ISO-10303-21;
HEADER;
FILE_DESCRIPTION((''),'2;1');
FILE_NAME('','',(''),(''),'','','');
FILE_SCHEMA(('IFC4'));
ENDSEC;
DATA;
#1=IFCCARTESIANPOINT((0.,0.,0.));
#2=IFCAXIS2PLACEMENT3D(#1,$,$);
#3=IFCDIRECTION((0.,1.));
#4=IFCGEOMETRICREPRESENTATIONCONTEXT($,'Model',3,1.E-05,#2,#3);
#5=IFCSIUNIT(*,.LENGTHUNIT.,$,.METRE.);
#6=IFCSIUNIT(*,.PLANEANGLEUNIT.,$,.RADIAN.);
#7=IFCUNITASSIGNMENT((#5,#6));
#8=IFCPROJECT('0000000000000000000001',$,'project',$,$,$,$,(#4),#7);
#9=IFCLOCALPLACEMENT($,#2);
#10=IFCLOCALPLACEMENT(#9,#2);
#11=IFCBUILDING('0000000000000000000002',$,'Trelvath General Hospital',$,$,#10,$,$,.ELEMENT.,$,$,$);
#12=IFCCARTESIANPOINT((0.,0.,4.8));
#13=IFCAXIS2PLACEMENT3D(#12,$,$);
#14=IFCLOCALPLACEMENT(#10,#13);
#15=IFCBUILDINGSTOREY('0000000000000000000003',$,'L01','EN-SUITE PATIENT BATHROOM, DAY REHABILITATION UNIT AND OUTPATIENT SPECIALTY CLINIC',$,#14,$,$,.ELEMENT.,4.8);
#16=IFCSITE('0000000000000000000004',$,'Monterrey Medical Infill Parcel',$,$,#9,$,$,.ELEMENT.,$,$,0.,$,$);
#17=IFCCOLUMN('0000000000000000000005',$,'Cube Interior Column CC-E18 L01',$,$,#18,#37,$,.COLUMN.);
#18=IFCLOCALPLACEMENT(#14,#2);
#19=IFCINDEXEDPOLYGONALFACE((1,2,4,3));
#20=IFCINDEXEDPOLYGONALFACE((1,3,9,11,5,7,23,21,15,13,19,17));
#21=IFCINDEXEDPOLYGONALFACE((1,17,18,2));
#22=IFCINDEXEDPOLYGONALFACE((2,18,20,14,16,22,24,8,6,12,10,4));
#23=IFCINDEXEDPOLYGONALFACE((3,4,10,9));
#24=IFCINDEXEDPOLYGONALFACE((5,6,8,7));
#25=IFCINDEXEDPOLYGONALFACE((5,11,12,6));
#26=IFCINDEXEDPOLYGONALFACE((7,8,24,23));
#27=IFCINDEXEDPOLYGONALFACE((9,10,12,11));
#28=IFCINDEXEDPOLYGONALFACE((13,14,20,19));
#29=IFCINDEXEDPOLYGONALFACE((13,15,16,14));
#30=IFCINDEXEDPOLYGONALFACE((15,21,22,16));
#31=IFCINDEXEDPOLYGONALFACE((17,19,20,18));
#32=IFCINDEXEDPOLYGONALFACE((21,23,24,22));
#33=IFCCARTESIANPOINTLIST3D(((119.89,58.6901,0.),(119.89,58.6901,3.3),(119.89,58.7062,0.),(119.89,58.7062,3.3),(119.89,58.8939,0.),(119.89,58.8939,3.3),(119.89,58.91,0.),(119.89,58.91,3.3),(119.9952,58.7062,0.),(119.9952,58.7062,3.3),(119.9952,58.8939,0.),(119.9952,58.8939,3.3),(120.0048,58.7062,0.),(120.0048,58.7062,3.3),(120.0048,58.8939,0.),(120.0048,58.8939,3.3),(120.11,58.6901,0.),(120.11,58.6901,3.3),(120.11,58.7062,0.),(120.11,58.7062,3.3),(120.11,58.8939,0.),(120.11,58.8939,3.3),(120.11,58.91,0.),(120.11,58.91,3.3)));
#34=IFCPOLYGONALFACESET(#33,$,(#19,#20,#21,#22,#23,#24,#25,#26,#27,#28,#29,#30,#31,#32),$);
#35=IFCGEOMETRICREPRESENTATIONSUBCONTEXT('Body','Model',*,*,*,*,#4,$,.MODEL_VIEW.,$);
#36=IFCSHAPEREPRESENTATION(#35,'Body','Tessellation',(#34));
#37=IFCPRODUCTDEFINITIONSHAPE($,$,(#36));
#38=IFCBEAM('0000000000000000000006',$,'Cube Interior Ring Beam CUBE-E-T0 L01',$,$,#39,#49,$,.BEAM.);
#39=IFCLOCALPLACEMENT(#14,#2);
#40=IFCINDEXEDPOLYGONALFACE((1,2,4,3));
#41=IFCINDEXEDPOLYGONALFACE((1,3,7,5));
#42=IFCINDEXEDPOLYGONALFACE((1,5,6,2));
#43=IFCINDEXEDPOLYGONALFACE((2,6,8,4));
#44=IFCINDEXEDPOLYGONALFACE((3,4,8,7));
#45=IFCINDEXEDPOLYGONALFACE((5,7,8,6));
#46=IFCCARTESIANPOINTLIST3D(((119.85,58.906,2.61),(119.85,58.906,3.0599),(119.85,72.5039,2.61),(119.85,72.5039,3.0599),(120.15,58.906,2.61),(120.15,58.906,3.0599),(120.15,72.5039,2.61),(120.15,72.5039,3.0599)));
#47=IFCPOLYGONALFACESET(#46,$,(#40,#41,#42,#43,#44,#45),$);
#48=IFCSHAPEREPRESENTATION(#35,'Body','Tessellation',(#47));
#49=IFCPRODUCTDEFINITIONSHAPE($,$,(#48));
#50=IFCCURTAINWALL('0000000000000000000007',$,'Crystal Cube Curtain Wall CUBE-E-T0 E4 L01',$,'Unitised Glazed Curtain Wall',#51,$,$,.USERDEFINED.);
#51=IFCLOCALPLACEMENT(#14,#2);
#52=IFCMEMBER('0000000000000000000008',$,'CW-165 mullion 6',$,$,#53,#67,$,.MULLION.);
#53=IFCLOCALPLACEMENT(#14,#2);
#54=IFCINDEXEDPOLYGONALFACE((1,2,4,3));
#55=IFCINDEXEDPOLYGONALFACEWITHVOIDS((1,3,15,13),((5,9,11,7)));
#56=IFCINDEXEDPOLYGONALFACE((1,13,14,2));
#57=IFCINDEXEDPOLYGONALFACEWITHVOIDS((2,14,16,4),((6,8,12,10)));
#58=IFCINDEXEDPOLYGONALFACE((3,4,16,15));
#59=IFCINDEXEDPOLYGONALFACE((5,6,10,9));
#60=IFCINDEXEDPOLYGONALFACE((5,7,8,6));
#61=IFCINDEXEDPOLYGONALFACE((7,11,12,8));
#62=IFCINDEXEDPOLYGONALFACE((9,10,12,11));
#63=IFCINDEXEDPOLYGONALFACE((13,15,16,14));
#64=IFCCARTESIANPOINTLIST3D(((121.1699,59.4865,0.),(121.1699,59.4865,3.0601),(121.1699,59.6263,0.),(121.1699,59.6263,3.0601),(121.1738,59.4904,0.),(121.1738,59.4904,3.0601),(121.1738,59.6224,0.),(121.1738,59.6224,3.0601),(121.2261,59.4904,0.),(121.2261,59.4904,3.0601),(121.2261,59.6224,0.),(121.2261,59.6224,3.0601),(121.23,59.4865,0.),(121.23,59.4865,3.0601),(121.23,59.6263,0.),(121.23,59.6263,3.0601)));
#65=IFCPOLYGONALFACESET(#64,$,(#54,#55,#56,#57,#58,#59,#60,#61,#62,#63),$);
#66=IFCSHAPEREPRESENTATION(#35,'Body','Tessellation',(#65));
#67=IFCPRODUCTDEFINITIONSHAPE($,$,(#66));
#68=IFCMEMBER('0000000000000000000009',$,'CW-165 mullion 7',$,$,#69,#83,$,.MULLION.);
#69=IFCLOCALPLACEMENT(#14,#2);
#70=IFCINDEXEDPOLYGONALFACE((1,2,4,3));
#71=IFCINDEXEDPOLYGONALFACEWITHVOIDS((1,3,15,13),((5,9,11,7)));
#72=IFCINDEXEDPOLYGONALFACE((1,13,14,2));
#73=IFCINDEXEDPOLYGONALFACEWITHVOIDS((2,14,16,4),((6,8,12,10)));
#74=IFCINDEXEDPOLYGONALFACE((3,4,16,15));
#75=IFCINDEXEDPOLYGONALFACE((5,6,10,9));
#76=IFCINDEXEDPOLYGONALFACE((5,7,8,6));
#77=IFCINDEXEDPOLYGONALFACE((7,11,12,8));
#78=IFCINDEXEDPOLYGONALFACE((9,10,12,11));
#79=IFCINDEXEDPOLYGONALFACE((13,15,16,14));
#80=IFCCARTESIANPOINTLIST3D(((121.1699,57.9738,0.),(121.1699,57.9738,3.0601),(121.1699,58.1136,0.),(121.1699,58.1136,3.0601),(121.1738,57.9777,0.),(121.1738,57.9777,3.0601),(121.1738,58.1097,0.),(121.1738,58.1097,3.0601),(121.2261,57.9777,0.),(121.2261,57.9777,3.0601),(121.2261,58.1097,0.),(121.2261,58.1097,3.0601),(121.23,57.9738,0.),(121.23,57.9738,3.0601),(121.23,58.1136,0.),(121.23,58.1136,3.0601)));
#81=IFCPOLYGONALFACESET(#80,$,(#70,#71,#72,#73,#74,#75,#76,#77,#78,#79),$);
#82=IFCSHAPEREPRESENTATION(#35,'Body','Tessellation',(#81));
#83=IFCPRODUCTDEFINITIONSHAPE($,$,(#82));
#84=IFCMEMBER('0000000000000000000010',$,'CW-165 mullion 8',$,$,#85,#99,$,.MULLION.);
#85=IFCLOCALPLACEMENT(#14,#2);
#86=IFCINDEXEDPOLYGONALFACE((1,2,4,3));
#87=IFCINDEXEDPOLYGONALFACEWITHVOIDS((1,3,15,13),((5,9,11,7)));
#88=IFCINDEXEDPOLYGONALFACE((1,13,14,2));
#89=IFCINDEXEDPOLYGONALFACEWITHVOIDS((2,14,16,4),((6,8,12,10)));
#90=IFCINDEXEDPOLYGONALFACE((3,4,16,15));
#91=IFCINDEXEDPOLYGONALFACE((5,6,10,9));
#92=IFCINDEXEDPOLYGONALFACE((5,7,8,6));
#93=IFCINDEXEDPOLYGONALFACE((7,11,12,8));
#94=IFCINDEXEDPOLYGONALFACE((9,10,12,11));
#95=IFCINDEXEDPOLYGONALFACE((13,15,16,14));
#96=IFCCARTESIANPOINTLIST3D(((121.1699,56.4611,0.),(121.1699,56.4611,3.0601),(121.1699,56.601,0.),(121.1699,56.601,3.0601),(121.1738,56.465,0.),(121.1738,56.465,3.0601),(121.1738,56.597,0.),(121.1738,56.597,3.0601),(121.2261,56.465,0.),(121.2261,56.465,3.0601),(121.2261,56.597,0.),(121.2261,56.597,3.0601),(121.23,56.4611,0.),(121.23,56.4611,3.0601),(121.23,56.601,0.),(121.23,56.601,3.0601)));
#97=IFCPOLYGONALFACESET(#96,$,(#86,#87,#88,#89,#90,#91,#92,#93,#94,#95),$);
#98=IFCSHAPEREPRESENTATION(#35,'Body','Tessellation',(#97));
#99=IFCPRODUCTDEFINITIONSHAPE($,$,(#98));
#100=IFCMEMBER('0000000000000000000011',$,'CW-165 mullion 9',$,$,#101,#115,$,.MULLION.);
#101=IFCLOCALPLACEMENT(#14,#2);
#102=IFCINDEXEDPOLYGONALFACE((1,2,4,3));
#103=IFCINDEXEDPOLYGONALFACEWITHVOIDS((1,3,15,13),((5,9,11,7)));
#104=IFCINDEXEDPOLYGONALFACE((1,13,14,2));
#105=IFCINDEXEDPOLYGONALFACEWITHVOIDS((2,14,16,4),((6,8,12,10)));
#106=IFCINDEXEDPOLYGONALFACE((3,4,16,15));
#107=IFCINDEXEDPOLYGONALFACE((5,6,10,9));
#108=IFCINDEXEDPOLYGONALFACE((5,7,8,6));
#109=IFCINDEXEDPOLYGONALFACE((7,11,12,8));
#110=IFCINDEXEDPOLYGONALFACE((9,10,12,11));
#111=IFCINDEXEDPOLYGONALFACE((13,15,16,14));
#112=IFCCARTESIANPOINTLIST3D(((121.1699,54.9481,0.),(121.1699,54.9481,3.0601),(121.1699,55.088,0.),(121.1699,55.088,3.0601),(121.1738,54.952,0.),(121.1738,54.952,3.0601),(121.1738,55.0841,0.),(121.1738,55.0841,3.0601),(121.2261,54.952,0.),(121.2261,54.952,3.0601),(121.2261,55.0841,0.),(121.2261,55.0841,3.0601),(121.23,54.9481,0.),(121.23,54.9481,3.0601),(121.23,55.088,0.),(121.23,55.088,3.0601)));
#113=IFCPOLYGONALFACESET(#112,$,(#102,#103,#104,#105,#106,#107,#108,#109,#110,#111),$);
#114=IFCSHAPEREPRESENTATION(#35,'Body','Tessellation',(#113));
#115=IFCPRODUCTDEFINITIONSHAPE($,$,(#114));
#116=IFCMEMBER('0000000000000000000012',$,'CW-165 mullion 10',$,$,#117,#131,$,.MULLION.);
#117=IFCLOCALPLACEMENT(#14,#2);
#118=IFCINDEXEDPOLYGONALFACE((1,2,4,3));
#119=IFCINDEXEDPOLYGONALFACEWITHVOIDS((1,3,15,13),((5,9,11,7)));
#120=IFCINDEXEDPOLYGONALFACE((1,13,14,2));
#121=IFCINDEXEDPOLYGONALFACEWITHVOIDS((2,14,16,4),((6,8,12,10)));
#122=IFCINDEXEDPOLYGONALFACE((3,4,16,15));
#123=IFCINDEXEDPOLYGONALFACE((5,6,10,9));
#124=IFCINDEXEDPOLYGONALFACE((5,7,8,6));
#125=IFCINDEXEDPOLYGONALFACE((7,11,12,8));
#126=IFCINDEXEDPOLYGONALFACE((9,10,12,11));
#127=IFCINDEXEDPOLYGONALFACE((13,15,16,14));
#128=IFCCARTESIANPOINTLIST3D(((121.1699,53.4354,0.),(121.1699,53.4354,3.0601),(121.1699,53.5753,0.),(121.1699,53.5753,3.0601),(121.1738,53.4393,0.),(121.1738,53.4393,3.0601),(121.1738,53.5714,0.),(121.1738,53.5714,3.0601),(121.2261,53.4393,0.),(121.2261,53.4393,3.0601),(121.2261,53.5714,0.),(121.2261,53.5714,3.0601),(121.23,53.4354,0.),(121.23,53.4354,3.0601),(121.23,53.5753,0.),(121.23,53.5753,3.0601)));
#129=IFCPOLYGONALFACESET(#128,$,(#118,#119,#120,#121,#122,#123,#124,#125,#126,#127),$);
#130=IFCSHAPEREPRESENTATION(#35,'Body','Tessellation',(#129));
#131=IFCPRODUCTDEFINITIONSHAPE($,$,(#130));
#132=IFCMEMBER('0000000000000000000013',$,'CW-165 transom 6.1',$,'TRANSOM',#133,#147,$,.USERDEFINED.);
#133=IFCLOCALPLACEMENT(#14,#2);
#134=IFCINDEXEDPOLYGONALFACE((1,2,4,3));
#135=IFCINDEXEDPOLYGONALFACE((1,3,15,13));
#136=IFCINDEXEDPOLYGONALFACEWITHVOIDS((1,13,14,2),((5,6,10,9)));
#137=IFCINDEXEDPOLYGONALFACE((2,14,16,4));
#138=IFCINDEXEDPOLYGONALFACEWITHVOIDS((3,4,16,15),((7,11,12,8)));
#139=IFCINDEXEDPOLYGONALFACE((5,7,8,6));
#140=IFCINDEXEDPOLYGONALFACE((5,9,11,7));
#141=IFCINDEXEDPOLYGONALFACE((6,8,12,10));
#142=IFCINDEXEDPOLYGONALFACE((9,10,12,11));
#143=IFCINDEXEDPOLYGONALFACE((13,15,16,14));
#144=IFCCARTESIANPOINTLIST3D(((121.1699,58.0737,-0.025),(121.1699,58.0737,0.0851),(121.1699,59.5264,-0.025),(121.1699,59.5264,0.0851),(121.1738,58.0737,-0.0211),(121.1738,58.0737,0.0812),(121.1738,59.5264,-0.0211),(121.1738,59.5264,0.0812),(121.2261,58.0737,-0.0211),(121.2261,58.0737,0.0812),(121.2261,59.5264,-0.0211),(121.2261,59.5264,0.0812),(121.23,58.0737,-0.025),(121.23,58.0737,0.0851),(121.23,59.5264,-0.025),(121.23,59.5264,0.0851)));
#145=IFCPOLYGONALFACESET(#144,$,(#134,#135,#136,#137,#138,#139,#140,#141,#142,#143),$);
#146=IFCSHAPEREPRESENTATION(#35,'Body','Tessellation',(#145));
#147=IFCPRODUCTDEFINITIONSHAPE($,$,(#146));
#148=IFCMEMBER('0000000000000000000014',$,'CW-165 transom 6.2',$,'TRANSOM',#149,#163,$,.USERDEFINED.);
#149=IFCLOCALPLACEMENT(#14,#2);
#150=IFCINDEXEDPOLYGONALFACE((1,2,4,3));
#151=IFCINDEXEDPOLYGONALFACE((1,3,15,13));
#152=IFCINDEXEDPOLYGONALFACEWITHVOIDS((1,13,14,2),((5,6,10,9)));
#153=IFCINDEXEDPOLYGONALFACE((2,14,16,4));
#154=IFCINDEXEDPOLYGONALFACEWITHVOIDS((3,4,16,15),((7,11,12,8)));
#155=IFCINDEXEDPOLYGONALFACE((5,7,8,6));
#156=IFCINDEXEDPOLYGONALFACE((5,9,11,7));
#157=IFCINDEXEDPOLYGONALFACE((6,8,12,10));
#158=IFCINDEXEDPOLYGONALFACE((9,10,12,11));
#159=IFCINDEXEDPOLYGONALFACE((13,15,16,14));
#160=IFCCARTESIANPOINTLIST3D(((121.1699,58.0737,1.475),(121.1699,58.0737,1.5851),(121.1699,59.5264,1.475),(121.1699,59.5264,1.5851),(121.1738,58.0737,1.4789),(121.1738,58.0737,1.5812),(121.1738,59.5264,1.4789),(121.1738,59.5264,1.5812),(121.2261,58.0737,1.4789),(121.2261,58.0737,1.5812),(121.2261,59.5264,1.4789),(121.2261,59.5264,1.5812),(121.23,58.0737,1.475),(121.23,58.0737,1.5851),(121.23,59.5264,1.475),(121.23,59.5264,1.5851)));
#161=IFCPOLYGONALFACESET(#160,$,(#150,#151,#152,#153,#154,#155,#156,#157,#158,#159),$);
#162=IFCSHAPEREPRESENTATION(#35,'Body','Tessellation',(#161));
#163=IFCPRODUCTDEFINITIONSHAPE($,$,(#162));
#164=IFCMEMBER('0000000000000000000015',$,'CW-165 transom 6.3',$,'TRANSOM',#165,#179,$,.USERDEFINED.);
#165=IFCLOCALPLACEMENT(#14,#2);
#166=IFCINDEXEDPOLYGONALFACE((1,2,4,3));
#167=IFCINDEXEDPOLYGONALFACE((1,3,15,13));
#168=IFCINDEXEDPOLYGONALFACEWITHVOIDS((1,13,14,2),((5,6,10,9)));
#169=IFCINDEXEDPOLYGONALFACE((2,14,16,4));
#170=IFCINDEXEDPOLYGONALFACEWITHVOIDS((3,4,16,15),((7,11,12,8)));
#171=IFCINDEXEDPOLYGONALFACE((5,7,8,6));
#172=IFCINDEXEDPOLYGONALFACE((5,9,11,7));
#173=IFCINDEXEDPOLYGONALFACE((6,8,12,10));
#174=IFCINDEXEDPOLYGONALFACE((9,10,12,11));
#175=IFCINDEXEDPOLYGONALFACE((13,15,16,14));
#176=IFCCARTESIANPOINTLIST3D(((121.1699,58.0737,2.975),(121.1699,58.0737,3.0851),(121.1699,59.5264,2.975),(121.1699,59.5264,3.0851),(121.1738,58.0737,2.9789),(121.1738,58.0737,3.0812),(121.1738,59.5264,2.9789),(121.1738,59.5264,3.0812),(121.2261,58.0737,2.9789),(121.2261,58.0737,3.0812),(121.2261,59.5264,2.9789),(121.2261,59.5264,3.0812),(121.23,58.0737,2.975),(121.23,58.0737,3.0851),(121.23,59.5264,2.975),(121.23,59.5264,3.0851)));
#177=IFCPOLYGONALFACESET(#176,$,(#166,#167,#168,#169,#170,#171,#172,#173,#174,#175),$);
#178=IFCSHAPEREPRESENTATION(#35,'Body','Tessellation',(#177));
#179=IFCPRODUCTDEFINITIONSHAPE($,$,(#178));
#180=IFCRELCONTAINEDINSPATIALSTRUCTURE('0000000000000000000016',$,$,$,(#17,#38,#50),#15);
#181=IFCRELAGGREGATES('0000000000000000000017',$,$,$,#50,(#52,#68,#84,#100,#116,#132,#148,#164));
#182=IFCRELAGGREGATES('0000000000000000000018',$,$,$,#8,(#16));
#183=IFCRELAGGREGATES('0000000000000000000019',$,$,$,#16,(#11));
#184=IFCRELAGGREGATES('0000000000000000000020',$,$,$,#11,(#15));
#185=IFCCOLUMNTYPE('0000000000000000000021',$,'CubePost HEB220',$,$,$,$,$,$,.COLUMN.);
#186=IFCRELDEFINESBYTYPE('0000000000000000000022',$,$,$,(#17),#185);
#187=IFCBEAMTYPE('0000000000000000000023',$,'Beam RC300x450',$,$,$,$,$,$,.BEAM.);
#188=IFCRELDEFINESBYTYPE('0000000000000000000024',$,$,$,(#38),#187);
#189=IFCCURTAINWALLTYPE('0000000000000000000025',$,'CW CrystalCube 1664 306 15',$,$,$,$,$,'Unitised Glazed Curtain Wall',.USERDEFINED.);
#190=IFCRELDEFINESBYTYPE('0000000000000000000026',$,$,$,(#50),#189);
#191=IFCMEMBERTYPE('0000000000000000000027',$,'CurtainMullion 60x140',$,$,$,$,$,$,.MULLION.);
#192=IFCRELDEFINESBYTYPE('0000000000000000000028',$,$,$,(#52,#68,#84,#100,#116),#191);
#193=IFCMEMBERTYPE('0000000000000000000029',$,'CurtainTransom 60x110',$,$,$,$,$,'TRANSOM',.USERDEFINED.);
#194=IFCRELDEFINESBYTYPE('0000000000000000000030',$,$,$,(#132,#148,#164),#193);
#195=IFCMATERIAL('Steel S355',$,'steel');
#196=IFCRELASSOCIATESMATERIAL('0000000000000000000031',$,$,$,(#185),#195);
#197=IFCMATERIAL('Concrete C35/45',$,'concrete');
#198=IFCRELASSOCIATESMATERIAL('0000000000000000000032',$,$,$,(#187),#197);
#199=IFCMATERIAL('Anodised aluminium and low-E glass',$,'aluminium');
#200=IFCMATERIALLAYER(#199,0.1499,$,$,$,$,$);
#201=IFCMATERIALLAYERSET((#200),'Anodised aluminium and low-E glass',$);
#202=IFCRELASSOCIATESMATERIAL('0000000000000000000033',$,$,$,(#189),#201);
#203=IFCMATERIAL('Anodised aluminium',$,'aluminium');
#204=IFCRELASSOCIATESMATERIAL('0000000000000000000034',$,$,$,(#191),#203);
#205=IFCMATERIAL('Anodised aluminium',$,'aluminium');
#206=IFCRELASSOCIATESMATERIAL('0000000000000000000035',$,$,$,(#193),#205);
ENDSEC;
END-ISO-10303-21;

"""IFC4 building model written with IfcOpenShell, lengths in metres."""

from ifc_helpers import new_model, si_unit, direction, frame, origin, origin_2d, place, context, subcontext, project, spatial, rectangle, hollow_rectangle, i_section, extrude, material, layer, layer_set, material_profile, profile_set, type_object, element, aggregate, save


model = new_model("IFC4")

# Units and contexts
model_context = context("Model", 3, precision=1e-05, world=origin(), true_north=direction((0.0, 1.0)))
body_context = subcontext(model_context, "Body", "Model", "MODEL_VIEW")
ifc_project = project(units=[si_unit("LENGTHUNIT", "METRE"), si_unit("PLANEANGLEUNIT", "RADIAN")], contexts=[model_context])

# Site, building, storey
site_placement = place(None, origin())
site = spatial("IfcSite", under=ifc_project, at=site_placement, Name="Monterrey Medical Infill Parcel", CompositionType="ELEMENT", RefElevation=0.0)
building_placement = place(site_placement, origin())
building = spatial("IfcBuilding", under=site, at=building_placement, Name="Trelvath General Hospital", CompositionType="ELEMENT")
storey_placement = place(building_placement, frame((0.0, 0.0, 4.8)))
storey = spatial("IfcBuildingStorey", under=building, at=storey_placement, Name="L01", Description="EN-SUITE PATIENT BATHROOM, DAY REHABILITATION UNIT AND OUTPATIENT SPECIALTY CLINIC", CompositionType="ELEMENT", Elevation=4.8)

# Column
ifc_material_1 = material(Name="Steel S355", Category="steel")
ifc_material_profile_1 = material_profile(ifc_material_1, i_section(OverallWidth=0.22, OverallDepth=0.22, WebThickness=0.0095, FlangeThickness=0.0161, at=origin_2d()), Name="HEB220")
ifc_profile_set_1 = profile_set([ifc_material_profile_1], Name="Steel S355")
column_type = type_object("IfcColumnType", Name="CubePost HEB220", PredefinedType="COLUMN", material=ifc_profile_set_1)
column_placement = place(storey_placement, frame((120.0, 58.8, 0.0), z_axis=(0.0, 0.0, 1.0), x_axis=(1.0, 0.0, 0.0)))
element("IfcColumn", 1, at=column_placement, inside=storey, type_object=column_type, Name="Cube Interior Column CC-E18 L01", PredefinedType="COLUMN", context=body_context, shape_type="SweptSolid", body=[
    extrude(i_section(OverallWidth=0.22, OverallDepth=0.22, WebThickness=0.0095, FlangeThickness=0.0161, at=origin_2d()), origin(), (0.0, 0.0, 1.0), 3.3),
])

# Beam
ifc_material_2 = material(Name="Concrete C35/45", Category="concrete")
ifc_material_profile_2 = material_profile(ifc_material_2, rectangle(XDim=0.3, YDim=0.45, at=origin_2d()), Name="RCB300x450")
ifc_profile_set_2 = profile_set([ifc_material_profile_2], Name="Concrete C35/45")
beam_type = type_object("IfcBeamType", Name="Beam RC300x450", PredefinedType="BEAM", material=ifc_profile_set_2)
beam_placement = place(storey_placement, frame((120.0, 58.906, 2.835), z_axis=(0.0, 1.0, 0.0), x_axis=(-1.0, 0.0, 0.0)))
element("IfcBeam", 2, at=beam_placement, inside=storey, type_object=beam_type, Name="Cube Interior Ring Beam CUBE-E-T0 L01", PredefinedType="BEAM", context=body_context, shape_type="SweptSolid", body=[
    extrude(rectangle(XDim=0.3, YDim=0.45, at=origin_2d()), origin(), (0.0, 0.0, 1.0), 13.5979),
])

# Curtain wall, members
ifc_material_3 = material(Name="Anodised aluminium and low-E glass", Category="aluminium")
ifc_layer_1 = layer(ifc_material_3, 0.1499)
ifc_layer_set_1 = layer_set([ifc_layer_1], Name="Anodised aluminium and low-E glass")
curtain_wall_type = type_object("IfcCurtainWallType", Name="CW CrystalCube 1664 306 15", ElementType="Unitised Glazed Curtain Wall", PredefinedType="USERDEFINED", material=ifc_layer_set_1)
curtain_wall_placement = place(storey_placement, origin())
curtain_wall = element("IfcCurtainWall", 3, at=curtain_wall_placement, inside=storey, type_object=curtain_wall_type, Name="Crystal Cube Curtain Wall CUBE-E-T0 E4 L01", ObjectType="Unitised Glazed Curtain Wall", PredefinedType="USERDEFINED")
ifc_material_4 = material(Name="Anodised aluminium", Category="aluminium")
ifc_material_profile_3 = material_profile(ifc_material_4, hollow_rectangle(XDim=0.0601, YDim=0.1399, WallThickness=0.0039, at=origin_2d()), Name="RHS60x140x4")
ifc_profile_set_3 = profile_set([ifc_material_profile_3], Name="Anodised aluminium")
member_type_1 = type_object("IfcMemberType", Name="CurtainMullion 60x140", PredefinedType="MULLION", material=ifc_profile_set_3)
member_1_placement = place(storey_placement, frame((121.2, 59.5564, 0.0), z_axis=(0.0, 0.0, 1.0), x_axis=(1.0, 0.0, 0.0)))
member_1 = element("IfcMember", 4, at=member_1_placement, type_object=member_type_1, Name="CW-165 mullion 6", PredefinedType="MULLION", context=body_context, shape_type="SweptSolid", body=[
    extrude(hollow_rectangle(XDim=0.0601, YDim=0.1399, WallThickness=0.0039, at=origin_2d()), origin(), (0.0, 0.0, 1.0), 3.0601),
])
member_2_placement = place(storey_placement, frame((121.2, 58.0437, 0.0), z_axis=(0.0, 0.0, 1.0), x_axis=(1.0, 0.0, 0.0)))
member_2 = element("IfcMember", 5, at=member_2_placement, type_object=member_type_1, Name="CW-165 mullion 7", PredefinedType="MULLION", context=body_context, shape_type="SweptSolid", body=[
    extrude(hollow_rectangle(XDim=0.0601, YDim=0.1399, WallThickness=0.0039, at=origin_2d()), origin(), (0.0, 0.0, 1.0), 3.0601),
])
member_3_placement = place(storey_placement, frame((121.2, 56.531, 0.0), z_axis=(0.0, 0.0, 1.0), x_axis=(1.0, 0.0, 0.0)))
member_3 = element("IfcMember", 6, at=member_3_placement, type_object=member_type_1, Name="CW-165 mullion 8", PredefinedType="MULLION", context=body_context, shape_type="SweptSolid", body=[
    extrude(hollow_rectangle(XDim=0.0601, YDim=0.1399, WallThickness=0.0039, at=origin_2d()), origin(), (0.0, 0.0, 1.0), 3.0601),
])
member_4_placement = place(storey_placement, frame((121.2, 55.0181, 0.0), z_axis=(0.0, 0.0, 1.0), x_axis=(1.0, 0.0, 0.0)))
member_4 = element("IfcMember", 7, at=member_4_placement, type_object=member_type_1, Name="CW-165 mullion 9", PredefinedType="MULLION", context=body_context, shape_type="SweptSolid", body=[
    extrude(hollow_rectangle(XDim=0.0601, YDim=0.1399, WallThickness=0.0039, at=origin_2d()), origin(), (0.0, 0.0, 1.0), 3.0601),
])
member_5_placement = place(storey_placement, frame((121.2, 53.5054, 0.0), z_axis=(0.0, 0.0, 1.0), x_axis=(1.0, 0.0, 0.0)))
member_5 = element("IfcMember", 8, at=member_5_placement, type_object=member_type_1, Name="CW-165 mullion 10", PredefinedType="MULLION", context=body_context, shape_type="SweptSolid", body=[
    extrude(hollow_rectangle(XDim=0.0601, YDim=0.1399, WallThickness=0.0039, at=origin_2d()), origin(), (0.0, 0.0, 1.0), 3.0601),
])
ifc_material_5 = material(Name="Anodised aluminium", Category="aluminium")
ifc_material_profile_4 = material_profile(ifc_material_5, hollow_rectangle(XDim=0.0601, YDim=0.1101, WallThickness=0.0039, at=origin_2d()), Name="RHS60x110x4")
ifc_profile_set_4 = profile_set([ifc_material_profile_4], Name="Anodised aluminium")
member_type_2 = type_object("IfcMemberType", Name="CurtainTransom 60x110", ElementType="TRANSOM", PredefinedType="USERDEFINED", material=ifc_profile_set_4)
member_6_placement = place(storey_placement, frame((121.2, 59.5264, 0.03), z_axis=(0.0, -1.0, 0.0), x_axis=(1.0, 0.0, 0.0)))
member_6 = element("IfcMember", 9, at=member_6_placement, type_object=member_type_2, Name="CW-165 transom 6.1", ObjectType="TRANSOM", PredefinedType="USERDEFINED", context=body_context, shape_type="SweptSolid", body=[
    extrude(hollow_rectangle(XDim=0.0601, YDim=0.1101, WallThickness=0.0039, at=origin_2d()), origin(), (0.0, 0.0, 1.0), 1.4526),
])
member_7_placement = place(storey_placement, frame((121.2, 59.5264, 1.53), z_axis=(0.0, -1.0, 0.0), x_axis=(1.0, 0.0, 0.0)))
member_7 = element("IfcMember", 10, at=member_7_placement, type_object=member_type_2, Name="CW-165 transom 6.2", ObjectType="TRANSOM", PredefinedType="USERDEFINED", context=body_context, shape_type="SweptSolid", body=[
    extrude(hollow_rectangle(XDim=0.0601, YDim=0.1101, WallThickness=0.0039, at=origin_2d()), origin(), (0.0, 0.0, 1.0), 1.4526),
])
member_8_placement = place(storey_placement, frame((121.2, 59.5264, 3.03), z_axis=(0.0, -1.0, 0.0), x_axis=(1.0, 0.0, 0.0)))
member_8 = element("IfcMember", 11, at=member_8_placement, type_object=member_type_2, Name="CW-165 transom 6.3", ObjectType="TRANSOM", PredefinedType="USERDEFINED", context=body_context, shape_type="SweptSolid", body=[
    extrude(hollow_rectangle(XDim=0.0601, YDim=0.1101, WallThickness=0.0039, at=origin_2d()), origin(), (0.0, 0.0, 1.0), 1.4526),
])
aggregate(curtain_wall, [member_1, member_2, member_3, member_4, member_5, member_6, member_7, member_8])

save(model, "model.ifc")
